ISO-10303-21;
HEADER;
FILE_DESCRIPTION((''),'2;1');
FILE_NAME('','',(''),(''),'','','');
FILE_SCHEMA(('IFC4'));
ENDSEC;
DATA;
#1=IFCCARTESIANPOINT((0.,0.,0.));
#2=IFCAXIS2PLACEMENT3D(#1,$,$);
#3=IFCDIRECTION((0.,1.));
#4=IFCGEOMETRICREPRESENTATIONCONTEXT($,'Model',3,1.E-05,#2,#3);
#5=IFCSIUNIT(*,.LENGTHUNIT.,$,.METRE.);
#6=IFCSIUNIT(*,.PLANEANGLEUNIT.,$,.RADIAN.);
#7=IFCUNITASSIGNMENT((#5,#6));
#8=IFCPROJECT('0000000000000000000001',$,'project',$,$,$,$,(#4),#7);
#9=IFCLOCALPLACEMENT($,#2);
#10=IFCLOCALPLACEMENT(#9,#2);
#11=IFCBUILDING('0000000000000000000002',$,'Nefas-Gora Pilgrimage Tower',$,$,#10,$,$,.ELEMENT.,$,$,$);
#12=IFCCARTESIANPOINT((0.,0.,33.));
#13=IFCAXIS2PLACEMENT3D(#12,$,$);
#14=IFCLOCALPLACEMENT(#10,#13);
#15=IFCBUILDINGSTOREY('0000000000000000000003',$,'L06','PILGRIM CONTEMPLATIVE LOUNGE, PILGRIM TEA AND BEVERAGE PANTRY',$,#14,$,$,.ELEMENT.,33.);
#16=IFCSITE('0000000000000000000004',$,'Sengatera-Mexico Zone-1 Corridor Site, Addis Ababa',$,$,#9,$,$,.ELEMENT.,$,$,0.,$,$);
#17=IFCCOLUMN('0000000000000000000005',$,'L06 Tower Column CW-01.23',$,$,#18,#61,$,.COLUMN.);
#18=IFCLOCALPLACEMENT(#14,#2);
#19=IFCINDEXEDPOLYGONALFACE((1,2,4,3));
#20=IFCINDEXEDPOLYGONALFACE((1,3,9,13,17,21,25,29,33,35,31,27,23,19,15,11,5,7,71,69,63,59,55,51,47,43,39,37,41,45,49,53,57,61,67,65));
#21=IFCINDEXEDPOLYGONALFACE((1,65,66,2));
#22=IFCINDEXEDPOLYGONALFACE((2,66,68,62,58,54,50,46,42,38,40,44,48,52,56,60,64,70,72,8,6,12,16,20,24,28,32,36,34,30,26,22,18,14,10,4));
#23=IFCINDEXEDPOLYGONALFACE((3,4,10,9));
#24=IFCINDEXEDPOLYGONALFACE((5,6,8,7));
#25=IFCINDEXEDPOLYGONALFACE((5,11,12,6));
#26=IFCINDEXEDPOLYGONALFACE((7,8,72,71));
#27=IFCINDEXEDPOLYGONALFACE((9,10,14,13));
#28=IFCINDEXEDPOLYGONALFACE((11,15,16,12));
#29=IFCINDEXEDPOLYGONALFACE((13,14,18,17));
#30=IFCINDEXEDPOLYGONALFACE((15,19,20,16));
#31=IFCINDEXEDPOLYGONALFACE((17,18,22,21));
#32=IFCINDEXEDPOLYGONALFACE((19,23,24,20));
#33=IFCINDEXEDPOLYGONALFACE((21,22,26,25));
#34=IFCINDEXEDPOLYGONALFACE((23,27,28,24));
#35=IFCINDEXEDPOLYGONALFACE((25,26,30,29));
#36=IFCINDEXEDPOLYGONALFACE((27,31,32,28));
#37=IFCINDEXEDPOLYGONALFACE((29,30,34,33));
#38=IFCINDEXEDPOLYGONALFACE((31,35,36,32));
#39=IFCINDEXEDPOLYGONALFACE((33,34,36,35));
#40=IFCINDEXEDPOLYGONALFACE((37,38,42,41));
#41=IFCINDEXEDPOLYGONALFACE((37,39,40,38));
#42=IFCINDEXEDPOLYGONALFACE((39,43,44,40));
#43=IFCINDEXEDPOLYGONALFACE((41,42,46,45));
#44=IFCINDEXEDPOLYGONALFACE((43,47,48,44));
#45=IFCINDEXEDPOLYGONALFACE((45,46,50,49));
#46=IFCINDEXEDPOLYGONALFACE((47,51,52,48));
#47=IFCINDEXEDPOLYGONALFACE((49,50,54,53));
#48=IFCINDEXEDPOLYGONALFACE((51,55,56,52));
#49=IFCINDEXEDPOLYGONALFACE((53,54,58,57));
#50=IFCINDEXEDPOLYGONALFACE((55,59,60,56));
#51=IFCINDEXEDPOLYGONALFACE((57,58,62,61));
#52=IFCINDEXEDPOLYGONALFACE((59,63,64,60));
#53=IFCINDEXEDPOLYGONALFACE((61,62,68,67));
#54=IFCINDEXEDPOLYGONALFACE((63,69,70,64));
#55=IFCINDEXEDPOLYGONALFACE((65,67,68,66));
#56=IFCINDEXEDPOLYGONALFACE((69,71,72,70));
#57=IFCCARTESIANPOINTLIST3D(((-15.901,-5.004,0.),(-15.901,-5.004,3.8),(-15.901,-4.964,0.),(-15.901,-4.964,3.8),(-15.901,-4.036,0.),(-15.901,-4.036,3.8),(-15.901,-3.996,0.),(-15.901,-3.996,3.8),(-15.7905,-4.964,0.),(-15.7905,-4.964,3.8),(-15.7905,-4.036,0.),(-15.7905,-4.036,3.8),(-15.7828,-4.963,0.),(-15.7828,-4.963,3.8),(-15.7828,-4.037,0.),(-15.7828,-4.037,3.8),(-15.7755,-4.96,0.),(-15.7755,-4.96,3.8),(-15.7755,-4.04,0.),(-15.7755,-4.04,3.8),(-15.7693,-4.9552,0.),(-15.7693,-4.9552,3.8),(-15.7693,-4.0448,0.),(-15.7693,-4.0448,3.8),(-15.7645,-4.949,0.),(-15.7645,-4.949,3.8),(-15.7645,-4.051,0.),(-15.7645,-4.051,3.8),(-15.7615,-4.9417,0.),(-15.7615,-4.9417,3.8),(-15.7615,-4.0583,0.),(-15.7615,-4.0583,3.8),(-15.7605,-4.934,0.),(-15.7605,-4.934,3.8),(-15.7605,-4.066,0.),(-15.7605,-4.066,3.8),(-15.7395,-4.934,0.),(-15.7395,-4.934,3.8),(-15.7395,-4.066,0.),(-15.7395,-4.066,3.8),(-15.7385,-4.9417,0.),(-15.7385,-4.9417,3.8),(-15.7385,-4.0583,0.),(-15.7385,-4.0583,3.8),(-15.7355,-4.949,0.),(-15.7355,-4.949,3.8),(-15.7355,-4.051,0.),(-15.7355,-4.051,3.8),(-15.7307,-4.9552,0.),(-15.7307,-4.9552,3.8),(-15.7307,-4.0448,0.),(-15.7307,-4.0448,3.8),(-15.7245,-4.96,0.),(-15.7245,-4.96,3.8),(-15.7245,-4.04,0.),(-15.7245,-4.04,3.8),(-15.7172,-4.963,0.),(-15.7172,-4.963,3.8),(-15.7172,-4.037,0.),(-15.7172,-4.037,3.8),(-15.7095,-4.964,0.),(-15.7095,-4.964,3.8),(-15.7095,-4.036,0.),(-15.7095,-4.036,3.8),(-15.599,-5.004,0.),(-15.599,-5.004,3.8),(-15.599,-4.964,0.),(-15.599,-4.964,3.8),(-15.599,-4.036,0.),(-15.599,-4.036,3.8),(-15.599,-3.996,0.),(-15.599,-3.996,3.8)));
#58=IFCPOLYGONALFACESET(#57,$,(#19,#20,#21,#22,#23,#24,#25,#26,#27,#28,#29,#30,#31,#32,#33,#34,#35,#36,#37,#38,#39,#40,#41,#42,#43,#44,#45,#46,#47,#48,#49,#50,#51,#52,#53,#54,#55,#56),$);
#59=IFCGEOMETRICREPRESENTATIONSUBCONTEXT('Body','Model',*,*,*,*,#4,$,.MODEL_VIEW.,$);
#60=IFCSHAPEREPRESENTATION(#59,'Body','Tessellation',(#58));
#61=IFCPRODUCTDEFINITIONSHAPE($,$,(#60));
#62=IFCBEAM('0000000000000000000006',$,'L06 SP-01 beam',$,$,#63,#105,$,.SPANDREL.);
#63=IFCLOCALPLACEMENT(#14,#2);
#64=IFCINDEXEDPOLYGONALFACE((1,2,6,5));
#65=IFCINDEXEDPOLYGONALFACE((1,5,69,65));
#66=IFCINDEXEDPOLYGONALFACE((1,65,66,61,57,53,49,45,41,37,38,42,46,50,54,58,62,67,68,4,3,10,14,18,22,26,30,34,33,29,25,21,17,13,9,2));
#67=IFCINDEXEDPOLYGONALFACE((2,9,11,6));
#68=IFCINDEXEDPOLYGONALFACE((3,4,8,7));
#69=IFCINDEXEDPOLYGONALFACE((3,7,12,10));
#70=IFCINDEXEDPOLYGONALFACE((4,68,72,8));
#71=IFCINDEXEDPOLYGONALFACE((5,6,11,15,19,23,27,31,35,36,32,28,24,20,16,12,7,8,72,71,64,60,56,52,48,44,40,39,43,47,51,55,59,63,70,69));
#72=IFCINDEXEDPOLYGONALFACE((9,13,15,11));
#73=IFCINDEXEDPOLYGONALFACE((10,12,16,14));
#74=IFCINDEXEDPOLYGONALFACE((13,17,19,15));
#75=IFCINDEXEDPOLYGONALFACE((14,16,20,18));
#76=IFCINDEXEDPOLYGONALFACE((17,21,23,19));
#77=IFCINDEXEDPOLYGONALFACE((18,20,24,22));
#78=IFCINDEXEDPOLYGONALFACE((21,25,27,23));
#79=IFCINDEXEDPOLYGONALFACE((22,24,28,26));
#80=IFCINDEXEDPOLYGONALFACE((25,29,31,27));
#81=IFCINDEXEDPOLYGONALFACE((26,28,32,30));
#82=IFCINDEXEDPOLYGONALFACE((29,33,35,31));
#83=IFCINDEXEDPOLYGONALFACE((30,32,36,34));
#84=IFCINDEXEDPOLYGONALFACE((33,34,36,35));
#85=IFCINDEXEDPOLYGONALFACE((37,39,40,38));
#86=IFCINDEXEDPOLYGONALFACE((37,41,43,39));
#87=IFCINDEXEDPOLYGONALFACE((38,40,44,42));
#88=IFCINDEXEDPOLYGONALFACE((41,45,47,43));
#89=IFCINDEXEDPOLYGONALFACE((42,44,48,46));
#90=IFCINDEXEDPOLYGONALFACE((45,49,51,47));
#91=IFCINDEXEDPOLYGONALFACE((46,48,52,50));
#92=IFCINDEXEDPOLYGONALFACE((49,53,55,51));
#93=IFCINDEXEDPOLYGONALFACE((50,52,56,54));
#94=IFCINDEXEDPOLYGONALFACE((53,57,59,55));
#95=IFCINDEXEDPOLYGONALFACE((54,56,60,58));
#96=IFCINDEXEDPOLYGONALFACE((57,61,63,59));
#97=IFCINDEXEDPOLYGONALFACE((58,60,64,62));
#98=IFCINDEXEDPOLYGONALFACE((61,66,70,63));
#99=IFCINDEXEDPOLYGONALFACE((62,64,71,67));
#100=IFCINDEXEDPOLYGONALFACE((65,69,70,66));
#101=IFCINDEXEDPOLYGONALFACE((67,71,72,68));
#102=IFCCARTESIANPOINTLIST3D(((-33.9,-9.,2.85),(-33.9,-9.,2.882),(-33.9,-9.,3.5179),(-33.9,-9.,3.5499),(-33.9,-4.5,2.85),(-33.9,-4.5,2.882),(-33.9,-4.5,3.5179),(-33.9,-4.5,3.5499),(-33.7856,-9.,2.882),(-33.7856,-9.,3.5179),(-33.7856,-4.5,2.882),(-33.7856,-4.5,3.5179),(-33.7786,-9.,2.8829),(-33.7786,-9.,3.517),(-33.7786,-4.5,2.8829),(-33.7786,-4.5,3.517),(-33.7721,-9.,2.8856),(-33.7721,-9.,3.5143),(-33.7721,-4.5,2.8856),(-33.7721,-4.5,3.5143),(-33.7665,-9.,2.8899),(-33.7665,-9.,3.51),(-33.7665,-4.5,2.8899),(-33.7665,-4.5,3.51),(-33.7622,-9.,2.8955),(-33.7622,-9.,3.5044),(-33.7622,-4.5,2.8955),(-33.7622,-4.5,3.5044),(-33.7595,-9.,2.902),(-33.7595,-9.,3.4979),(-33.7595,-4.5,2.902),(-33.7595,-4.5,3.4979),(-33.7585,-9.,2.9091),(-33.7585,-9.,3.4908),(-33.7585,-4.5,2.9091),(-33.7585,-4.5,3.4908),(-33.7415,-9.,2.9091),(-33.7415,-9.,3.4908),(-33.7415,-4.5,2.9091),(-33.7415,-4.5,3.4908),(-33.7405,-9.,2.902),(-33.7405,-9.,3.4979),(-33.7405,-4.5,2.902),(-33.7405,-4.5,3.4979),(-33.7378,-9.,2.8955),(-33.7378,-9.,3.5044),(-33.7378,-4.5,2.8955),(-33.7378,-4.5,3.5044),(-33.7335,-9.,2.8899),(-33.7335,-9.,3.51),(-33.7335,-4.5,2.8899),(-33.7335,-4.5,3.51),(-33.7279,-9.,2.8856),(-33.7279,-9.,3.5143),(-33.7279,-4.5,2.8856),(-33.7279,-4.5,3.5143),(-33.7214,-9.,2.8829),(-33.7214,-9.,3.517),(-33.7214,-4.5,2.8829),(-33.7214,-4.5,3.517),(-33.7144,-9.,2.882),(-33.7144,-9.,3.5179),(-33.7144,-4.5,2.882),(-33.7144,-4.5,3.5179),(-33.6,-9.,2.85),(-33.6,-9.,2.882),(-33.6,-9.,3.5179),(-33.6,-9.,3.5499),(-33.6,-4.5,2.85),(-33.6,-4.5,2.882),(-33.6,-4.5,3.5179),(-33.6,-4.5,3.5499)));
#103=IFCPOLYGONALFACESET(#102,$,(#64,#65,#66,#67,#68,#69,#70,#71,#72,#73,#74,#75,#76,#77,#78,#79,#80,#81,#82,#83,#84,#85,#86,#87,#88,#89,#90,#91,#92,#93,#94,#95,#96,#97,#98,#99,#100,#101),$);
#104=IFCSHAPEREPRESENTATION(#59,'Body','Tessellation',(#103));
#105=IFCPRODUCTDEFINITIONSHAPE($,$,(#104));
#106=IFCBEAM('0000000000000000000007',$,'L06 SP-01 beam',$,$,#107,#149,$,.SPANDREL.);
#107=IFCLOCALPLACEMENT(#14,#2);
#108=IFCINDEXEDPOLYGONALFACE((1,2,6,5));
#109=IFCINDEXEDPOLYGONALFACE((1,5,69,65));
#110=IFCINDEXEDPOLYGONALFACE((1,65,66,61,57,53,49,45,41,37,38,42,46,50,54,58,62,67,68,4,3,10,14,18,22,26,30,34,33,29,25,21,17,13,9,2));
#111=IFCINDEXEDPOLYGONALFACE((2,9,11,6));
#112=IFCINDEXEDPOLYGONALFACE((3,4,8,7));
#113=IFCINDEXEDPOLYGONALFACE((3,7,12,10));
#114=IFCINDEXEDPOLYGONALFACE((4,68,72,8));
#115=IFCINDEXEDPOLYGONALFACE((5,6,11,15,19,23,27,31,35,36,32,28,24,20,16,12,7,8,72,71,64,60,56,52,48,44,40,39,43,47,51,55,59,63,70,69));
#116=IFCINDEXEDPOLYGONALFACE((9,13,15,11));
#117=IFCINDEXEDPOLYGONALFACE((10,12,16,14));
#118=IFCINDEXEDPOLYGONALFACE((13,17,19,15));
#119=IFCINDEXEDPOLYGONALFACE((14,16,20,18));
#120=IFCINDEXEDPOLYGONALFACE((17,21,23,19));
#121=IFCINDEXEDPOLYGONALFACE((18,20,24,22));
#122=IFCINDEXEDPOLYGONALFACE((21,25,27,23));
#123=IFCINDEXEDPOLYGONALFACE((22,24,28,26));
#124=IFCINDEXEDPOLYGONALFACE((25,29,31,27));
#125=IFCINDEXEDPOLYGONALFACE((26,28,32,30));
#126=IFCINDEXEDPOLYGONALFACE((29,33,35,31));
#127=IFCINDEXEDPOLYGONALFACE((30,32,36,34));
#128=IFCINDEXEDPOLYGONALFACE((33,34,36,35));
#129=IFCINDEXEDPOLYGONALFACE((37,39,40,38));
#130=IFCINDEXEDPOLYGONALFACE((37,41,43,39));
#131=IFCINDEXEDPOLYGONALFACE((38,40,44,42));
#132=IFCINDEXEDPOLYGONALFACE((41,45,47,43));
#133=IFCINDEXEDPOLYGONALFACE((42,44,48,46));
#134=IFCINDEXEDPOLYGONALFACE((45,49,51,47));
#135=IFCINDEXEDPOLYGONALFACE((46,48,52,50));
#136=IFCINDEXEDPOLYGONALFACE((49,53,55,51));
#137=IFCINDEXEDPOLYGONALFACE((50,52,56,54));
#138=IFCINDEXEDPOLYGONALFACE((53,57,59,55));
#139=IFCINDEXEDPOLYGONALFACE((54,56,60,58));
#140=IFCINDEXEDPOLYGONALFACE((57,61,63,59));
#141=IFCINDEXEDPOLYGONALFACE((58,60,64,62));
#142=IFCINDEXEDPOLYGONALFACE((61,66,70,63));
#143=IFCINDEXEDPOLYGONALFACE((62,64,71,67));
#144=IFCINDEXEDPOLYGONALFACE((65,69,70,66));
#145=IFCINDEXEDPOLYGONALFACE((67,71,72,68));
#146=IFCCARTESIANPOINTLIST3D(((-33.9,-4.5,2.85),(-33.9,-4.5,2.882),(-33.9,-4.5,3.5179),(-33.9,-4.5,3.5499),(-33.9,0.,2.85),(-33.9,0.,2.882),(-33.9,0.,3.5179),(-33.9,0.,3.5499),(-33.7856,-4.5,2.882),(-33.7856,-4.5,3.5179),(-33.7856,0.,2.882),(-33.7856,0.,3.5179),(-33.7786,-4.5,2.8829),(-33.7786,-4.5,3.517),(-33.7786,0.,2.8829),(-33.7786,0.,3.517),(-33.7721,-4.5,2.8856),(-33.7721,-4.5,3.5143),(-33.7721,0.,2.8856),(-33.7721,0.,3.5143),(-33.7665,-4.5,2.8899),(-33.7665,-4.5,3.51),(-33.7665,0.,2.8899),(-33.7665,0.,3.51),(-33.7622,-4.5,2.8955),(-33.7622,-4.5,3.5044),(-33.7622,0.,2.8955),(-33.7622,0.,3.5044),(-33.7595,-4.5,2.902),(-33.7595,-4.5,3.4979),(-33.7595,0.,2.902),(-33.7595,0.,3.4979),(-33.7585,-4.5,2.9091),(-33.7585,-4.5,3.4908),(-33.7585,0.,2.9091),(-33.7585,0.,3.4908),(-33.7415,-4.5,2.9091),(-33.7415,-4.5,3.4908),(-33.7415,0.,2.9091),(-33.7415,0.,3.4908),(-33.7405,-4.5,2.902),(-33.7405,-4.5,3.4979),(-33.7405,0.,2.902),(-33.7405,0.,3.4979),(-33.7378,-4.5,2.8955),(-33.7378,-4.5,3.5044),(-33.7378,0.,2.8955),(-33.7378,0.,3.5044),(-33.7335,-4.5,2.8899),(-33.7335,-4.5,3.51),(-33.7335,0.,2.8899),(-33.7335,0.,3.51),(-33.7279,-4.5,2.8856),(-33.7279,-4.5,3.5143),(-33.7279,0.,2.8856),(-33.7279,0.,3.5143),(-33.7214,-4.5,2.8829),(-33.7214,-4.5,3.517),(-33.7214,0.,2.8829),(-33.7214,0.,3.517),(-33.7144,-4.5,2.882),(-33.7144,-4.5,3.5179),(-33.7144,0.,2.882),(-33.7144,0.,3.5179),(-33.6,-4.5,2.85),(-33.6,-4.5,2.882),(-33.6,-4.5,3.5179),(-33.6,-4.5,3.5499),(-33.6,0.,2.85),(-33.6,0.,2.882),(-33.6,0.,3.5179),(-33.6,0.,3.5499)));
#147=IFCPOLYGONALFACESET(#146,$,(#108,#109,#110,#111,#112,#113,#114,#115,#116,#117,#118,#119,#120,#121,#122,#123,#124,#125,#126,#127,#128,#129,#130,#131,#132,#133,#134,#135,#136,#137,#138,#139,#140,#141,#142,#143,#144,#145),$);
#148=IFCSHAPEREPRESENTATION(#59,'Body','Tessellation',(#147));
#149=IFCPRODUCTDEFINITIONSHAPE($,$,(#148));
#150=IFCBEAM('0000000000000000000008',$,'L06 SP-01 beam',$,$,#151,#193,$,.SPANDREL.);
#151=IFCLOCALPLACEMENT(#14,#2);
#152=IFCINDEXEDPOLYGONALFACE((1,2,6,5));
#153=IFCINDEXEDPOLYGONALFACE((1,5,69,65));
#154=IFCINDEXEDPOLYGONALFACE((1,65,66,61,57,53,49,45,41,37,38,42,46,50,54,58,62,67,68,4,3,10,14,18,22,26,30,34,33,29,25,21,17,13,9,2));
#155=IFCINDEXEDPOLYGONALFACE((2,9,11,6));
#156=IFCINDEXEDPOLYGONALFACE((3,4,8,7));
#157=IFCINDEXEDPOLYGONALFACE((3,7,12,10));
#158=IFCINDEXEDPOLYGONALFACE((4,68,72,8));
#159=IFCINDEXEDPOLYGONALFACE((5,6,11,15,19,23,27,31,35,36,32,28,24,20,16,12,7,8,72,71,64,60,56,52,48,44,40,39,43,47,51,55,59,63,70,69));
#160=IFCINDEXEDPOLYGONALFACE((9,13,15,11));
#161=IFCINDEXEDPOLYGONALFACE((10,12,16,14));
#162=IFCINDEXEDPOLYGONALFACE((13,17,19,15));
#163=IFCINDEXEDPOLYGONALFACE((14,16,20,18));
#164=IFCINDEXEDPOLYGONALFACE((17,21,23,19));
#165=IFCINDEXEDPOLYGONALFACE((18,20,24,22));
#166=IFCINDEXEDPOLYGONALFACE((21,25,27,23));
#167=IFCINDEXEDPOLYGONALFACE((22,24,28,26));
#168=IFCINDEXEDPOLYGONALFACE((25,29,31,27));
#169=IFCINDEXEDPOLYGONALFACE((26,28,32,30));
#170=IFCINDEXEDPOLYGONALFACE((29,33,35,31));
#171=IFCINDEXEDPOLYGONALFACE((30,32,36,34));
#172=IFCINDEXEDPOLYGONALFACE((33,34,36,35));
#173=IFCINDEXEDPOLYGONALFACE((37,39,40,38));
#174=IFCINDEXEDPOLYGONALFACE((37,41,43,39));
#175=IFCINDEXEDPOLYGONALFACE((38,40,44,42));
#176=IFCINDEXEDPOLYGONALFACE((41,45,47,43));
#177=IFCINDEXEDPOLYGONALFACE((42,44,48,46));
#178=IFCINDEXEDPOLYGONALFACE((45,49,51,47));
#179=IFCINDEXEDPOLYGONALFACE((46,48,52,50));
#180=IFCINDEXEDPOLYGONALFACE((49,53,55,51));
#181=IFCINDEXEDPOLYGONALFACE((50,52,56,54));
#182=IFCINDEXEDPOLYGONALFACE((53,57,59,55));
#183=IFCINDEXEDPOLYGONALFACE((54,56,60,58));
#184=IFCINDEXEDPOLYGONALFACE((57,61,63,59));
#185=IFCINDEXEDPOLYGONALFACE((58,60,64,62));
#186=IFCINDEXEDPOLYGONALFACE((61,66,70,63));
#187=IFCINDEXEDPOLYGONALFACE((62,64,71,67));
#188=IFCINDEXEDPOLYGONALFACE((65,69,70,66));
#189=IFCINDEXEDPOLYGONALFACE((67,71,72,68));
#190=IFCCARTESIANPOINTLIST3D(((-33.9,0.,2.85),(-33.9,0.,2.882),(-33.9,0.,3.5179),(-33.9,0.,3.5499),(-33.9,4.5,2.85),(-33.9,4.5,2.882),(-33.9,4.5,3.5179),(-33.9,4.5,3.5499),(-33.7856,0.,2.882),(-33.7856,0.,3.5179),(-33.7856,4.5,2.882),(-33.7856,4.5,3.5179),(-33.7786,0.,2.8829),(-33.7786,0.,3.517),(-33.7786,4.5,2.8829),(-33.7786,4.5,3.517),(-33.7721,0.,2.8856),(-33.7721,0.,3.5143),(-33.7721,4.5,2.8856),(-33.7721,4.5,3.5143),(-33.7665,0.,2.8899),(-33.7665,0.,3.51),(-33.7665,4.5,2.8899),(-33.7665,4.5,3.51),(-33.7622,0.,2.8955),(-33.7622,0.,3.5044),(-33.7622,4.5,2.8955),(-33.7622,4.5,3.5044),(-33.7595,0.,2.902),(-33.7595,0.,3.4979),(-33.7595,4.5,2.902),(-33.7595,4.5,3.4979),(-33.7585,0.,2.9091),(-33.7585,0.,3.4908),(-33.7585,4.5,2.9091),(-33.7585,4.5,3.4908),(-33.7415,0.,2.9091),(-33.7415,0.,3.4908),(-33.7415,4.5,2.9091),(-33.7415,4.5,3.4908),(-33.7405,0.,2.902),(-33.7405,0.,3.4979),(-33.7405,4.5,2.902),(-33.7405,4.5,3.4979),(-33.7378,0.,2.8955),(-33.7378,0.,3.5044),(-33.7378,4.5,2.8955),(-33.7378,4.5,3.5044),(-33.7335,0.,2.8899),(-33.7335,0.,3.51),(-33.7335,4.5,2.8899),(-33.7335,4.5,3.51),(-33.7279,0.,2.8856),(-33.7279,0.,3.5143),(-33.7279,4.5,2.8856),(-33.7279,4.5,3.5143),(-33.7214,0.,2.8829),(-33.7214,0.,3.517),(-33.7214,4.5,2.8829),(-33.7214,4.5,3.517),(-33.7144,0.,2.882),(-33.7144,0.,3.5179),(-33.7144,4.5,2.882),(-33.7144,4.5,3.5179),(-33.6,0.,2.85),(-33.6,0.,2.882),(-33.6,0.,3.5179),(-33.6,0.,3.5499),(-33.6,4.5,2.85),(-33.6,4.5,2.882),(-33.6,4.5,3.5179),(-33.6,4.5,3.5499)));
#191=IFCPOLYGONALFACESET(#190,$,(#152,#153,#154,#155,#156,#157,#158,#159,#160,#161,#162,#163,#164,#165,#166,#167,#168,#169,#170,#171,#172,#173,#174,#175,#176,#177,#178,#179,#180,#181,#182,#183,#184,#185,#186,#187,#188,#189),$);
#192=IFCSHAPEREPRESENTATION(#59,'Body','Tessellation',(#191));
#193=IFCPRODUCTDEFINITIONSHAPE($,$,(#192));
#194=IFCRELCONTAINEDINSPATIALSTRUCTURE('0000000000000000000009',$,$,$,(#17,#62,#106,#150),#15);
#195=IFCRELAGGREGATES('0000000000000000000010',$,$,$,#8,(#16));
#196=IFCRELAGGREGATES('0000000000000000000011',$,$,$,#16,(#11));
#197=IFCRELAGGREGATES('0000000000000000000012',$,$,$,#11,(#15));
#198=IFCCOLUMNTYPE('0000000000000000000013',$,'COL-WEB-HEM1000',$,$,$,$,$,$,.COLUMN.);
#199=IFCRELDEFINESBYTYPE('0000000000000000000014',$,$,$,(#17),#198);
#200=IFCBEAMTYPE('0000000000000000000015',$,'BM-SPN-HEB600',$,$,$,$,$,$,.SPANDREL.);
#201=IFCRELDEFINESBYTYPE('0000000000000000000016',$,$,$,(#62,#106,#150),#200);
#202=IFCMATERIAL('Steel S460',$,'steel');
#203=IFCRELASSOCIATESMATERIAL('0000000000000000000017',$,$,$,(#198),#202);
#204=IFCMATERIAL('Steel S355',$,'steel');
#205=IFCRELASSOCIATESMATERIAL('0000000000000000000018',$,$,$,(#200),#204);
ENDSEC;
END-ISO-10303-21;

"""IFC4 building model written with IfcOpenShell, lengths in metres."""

from ifc_helpers import new_model, si_unit, direction, frame, origin, origin_2d, place, context, subcontext, project, spatial, i_section, extrude, source, transform, mapped, material, material_profile, profile_set, type_object, element, save


model = new_model("IFC4")

# Units and contexts
model_context = context("Model", 3, precision=1e-05, world=origin(), true_north=direction((0.0, 1.0)))
body_context = subcontext(model_context, "Body", "Model", "MODEL_VIEW")
ifc_project = project(units=[si_unit("LENGTHUNIT", "METRE"), si_unit("PLANEANGLEUNIT", "RADIAN")], contexts=[model_context])

# Site, building, storey
site_placement = place(None, origin())
site = spatial("IfcSite", under=ifc_project, at=site_placement, Name="Sengatera-Mexico Zone-1 Corridor Site, Addis Ababa", CompositionType="ELEMENT", RefElevation=0.0)
building_placement = place(site_placement, origin())
building = spatial("IfcBuilding", under=site, at=building_placement, Name="Nefas-Gora Pilgrimage Tower", CompositionType="ELEMENT")
storey_placement = place(building_placement, frame((0.0, 0.0, 33.0)))
storey = spatial("IfcBuildingStorey", under=building, at=storey_placement, Name="L06", Description="PILGRIM CONTEMPLATIVE LOUNGE, PILGRIM TEA AND BEVERAGE PANTRY", CompositionType="ELEMENT", Elevation=33.0)

# Column
ifc_material_1 = material(Name="Steel S460", Category="steel")
ifc_material_profile_1 = material_profile(ifc_material_1, i_section(OverallWidth=0.302, OverallDepth=1.0081, WebThickness=0.021, FlangeThickness=0.04, FilletRadius=0.03, at=origin_2d()), Name="HEM 1000")
ifc_profile_set_1 = profile_set([ifc_material_profile_1], Name="Steel S460")
column_type_1 = type_object("IfcColumnType", Name="COL-WEB-HEM1000", PredefinedType="COLUMN", material=ifc_profile_set_1)
shared_shape_1 = source(origin(), body_context, "Body", "SweptSolid", [
    extrude(i_section(OverallWidth=0.302, OverallDepth=1.0081, WebThickness=0.021, FlangeThickness=0.04, FilletRadius=0.03, at=origin_2d()), origin(), (0.0, 0.0, 1.0), 3.8),
])
for number, where, z_axis, x_axis, name in (
    (1, (-15.75, -4.5, 0.0), (0.0, 0.0, 1.0), (1.0, 0.0, 0.0), "L06 Tower Column CW-01.23"),
):
    element("IfcColumn", number, at=place(storey_placement, frame(where, z_axis=z_axis, x_axis=x_axis)), inside=storey, type_object=column_type_1, Name=name, PredefinedType="COLUMN", context=body_context, shape_type="MappedRepresentation", body=[
        mapped(shared_shape_1, transform((0.0, 0.0, 0.0), x_axis=(1.0, 0.0, 0.0), y_axis=(0.0, 1.0, 0.0), z_axis=(0.0, 0.0, 1.0), scale=1.0)),
    ])

# Beams
ifc_material_2 = material(Name="Steel S355", Category="steel")
ifc_material_profile_2 = material_profile(ifc_material_2, i_section(OverallWidth=0.3, OverallDepth=0.7, WebThickness=0.0171, FlangeThickness=0.032, FilletRadius=0.0271, at=origin_2d()), Name="HEB 700")
ifc_profile_set_2 = profile_set([ifc_material_profile_2], Name="Steel S355")
beam_type_1 = type_object("IfcBeamType", Name="BM-SPN-HEB600", PredefinedType="SPANDREL", material=ifc_profile_set_2)
shared_shape_2 = source(origin(), body_context, "Body", "SweptSolid", [
    extrude(i_section(OverallWidth=0.3, OverallDepth=0.7, WebThickness=0.0171, FlangeThickness=0.032, FilletRadius=0.0271, at=origin_2d()), origin(), (0.0, 0.0, 1.0), 4.5),
])
for number, where, z_axis, x_axis, name in (
    (2, (-33.75, -9.0, 3.2), (0.0, 1.0, 0.0), (-1.0, 0.0, 0.0), "L06 SP-01 beam"),
    (3, (-33.75, -4.5, 3.2), (0.0, 1.0, 0.0), (-1.0, 0.0, 0.0), "L06 SP-01 beam"),
    (4, (-33.75, 0.0, 3.2), (0.0, 1.0, 0.0), (-1.0, 0.0, 0.0), "L06 SP-01 beam"),
):
    element("IfcBeam", number, at=place(storey_placement, frame(where, z_axis=z_axis, x_axis=x_axis)), inside=storey, type_object=beam_type_1, Name=name, PredefinedType="SPANDREL", context=body_context, shape_type="MappedRepresentation", body=[
        mapped(shared_shape_2, transform((0.0, 0.0, 0.0), x_axis=(1.0, 0.0, 0.0), y_axis=(0.0, 1.0, 0.0), z_axis=(0.0, 0.0, 1.0), scale=1.0)),
    ])

save(model, "model.ifc")
